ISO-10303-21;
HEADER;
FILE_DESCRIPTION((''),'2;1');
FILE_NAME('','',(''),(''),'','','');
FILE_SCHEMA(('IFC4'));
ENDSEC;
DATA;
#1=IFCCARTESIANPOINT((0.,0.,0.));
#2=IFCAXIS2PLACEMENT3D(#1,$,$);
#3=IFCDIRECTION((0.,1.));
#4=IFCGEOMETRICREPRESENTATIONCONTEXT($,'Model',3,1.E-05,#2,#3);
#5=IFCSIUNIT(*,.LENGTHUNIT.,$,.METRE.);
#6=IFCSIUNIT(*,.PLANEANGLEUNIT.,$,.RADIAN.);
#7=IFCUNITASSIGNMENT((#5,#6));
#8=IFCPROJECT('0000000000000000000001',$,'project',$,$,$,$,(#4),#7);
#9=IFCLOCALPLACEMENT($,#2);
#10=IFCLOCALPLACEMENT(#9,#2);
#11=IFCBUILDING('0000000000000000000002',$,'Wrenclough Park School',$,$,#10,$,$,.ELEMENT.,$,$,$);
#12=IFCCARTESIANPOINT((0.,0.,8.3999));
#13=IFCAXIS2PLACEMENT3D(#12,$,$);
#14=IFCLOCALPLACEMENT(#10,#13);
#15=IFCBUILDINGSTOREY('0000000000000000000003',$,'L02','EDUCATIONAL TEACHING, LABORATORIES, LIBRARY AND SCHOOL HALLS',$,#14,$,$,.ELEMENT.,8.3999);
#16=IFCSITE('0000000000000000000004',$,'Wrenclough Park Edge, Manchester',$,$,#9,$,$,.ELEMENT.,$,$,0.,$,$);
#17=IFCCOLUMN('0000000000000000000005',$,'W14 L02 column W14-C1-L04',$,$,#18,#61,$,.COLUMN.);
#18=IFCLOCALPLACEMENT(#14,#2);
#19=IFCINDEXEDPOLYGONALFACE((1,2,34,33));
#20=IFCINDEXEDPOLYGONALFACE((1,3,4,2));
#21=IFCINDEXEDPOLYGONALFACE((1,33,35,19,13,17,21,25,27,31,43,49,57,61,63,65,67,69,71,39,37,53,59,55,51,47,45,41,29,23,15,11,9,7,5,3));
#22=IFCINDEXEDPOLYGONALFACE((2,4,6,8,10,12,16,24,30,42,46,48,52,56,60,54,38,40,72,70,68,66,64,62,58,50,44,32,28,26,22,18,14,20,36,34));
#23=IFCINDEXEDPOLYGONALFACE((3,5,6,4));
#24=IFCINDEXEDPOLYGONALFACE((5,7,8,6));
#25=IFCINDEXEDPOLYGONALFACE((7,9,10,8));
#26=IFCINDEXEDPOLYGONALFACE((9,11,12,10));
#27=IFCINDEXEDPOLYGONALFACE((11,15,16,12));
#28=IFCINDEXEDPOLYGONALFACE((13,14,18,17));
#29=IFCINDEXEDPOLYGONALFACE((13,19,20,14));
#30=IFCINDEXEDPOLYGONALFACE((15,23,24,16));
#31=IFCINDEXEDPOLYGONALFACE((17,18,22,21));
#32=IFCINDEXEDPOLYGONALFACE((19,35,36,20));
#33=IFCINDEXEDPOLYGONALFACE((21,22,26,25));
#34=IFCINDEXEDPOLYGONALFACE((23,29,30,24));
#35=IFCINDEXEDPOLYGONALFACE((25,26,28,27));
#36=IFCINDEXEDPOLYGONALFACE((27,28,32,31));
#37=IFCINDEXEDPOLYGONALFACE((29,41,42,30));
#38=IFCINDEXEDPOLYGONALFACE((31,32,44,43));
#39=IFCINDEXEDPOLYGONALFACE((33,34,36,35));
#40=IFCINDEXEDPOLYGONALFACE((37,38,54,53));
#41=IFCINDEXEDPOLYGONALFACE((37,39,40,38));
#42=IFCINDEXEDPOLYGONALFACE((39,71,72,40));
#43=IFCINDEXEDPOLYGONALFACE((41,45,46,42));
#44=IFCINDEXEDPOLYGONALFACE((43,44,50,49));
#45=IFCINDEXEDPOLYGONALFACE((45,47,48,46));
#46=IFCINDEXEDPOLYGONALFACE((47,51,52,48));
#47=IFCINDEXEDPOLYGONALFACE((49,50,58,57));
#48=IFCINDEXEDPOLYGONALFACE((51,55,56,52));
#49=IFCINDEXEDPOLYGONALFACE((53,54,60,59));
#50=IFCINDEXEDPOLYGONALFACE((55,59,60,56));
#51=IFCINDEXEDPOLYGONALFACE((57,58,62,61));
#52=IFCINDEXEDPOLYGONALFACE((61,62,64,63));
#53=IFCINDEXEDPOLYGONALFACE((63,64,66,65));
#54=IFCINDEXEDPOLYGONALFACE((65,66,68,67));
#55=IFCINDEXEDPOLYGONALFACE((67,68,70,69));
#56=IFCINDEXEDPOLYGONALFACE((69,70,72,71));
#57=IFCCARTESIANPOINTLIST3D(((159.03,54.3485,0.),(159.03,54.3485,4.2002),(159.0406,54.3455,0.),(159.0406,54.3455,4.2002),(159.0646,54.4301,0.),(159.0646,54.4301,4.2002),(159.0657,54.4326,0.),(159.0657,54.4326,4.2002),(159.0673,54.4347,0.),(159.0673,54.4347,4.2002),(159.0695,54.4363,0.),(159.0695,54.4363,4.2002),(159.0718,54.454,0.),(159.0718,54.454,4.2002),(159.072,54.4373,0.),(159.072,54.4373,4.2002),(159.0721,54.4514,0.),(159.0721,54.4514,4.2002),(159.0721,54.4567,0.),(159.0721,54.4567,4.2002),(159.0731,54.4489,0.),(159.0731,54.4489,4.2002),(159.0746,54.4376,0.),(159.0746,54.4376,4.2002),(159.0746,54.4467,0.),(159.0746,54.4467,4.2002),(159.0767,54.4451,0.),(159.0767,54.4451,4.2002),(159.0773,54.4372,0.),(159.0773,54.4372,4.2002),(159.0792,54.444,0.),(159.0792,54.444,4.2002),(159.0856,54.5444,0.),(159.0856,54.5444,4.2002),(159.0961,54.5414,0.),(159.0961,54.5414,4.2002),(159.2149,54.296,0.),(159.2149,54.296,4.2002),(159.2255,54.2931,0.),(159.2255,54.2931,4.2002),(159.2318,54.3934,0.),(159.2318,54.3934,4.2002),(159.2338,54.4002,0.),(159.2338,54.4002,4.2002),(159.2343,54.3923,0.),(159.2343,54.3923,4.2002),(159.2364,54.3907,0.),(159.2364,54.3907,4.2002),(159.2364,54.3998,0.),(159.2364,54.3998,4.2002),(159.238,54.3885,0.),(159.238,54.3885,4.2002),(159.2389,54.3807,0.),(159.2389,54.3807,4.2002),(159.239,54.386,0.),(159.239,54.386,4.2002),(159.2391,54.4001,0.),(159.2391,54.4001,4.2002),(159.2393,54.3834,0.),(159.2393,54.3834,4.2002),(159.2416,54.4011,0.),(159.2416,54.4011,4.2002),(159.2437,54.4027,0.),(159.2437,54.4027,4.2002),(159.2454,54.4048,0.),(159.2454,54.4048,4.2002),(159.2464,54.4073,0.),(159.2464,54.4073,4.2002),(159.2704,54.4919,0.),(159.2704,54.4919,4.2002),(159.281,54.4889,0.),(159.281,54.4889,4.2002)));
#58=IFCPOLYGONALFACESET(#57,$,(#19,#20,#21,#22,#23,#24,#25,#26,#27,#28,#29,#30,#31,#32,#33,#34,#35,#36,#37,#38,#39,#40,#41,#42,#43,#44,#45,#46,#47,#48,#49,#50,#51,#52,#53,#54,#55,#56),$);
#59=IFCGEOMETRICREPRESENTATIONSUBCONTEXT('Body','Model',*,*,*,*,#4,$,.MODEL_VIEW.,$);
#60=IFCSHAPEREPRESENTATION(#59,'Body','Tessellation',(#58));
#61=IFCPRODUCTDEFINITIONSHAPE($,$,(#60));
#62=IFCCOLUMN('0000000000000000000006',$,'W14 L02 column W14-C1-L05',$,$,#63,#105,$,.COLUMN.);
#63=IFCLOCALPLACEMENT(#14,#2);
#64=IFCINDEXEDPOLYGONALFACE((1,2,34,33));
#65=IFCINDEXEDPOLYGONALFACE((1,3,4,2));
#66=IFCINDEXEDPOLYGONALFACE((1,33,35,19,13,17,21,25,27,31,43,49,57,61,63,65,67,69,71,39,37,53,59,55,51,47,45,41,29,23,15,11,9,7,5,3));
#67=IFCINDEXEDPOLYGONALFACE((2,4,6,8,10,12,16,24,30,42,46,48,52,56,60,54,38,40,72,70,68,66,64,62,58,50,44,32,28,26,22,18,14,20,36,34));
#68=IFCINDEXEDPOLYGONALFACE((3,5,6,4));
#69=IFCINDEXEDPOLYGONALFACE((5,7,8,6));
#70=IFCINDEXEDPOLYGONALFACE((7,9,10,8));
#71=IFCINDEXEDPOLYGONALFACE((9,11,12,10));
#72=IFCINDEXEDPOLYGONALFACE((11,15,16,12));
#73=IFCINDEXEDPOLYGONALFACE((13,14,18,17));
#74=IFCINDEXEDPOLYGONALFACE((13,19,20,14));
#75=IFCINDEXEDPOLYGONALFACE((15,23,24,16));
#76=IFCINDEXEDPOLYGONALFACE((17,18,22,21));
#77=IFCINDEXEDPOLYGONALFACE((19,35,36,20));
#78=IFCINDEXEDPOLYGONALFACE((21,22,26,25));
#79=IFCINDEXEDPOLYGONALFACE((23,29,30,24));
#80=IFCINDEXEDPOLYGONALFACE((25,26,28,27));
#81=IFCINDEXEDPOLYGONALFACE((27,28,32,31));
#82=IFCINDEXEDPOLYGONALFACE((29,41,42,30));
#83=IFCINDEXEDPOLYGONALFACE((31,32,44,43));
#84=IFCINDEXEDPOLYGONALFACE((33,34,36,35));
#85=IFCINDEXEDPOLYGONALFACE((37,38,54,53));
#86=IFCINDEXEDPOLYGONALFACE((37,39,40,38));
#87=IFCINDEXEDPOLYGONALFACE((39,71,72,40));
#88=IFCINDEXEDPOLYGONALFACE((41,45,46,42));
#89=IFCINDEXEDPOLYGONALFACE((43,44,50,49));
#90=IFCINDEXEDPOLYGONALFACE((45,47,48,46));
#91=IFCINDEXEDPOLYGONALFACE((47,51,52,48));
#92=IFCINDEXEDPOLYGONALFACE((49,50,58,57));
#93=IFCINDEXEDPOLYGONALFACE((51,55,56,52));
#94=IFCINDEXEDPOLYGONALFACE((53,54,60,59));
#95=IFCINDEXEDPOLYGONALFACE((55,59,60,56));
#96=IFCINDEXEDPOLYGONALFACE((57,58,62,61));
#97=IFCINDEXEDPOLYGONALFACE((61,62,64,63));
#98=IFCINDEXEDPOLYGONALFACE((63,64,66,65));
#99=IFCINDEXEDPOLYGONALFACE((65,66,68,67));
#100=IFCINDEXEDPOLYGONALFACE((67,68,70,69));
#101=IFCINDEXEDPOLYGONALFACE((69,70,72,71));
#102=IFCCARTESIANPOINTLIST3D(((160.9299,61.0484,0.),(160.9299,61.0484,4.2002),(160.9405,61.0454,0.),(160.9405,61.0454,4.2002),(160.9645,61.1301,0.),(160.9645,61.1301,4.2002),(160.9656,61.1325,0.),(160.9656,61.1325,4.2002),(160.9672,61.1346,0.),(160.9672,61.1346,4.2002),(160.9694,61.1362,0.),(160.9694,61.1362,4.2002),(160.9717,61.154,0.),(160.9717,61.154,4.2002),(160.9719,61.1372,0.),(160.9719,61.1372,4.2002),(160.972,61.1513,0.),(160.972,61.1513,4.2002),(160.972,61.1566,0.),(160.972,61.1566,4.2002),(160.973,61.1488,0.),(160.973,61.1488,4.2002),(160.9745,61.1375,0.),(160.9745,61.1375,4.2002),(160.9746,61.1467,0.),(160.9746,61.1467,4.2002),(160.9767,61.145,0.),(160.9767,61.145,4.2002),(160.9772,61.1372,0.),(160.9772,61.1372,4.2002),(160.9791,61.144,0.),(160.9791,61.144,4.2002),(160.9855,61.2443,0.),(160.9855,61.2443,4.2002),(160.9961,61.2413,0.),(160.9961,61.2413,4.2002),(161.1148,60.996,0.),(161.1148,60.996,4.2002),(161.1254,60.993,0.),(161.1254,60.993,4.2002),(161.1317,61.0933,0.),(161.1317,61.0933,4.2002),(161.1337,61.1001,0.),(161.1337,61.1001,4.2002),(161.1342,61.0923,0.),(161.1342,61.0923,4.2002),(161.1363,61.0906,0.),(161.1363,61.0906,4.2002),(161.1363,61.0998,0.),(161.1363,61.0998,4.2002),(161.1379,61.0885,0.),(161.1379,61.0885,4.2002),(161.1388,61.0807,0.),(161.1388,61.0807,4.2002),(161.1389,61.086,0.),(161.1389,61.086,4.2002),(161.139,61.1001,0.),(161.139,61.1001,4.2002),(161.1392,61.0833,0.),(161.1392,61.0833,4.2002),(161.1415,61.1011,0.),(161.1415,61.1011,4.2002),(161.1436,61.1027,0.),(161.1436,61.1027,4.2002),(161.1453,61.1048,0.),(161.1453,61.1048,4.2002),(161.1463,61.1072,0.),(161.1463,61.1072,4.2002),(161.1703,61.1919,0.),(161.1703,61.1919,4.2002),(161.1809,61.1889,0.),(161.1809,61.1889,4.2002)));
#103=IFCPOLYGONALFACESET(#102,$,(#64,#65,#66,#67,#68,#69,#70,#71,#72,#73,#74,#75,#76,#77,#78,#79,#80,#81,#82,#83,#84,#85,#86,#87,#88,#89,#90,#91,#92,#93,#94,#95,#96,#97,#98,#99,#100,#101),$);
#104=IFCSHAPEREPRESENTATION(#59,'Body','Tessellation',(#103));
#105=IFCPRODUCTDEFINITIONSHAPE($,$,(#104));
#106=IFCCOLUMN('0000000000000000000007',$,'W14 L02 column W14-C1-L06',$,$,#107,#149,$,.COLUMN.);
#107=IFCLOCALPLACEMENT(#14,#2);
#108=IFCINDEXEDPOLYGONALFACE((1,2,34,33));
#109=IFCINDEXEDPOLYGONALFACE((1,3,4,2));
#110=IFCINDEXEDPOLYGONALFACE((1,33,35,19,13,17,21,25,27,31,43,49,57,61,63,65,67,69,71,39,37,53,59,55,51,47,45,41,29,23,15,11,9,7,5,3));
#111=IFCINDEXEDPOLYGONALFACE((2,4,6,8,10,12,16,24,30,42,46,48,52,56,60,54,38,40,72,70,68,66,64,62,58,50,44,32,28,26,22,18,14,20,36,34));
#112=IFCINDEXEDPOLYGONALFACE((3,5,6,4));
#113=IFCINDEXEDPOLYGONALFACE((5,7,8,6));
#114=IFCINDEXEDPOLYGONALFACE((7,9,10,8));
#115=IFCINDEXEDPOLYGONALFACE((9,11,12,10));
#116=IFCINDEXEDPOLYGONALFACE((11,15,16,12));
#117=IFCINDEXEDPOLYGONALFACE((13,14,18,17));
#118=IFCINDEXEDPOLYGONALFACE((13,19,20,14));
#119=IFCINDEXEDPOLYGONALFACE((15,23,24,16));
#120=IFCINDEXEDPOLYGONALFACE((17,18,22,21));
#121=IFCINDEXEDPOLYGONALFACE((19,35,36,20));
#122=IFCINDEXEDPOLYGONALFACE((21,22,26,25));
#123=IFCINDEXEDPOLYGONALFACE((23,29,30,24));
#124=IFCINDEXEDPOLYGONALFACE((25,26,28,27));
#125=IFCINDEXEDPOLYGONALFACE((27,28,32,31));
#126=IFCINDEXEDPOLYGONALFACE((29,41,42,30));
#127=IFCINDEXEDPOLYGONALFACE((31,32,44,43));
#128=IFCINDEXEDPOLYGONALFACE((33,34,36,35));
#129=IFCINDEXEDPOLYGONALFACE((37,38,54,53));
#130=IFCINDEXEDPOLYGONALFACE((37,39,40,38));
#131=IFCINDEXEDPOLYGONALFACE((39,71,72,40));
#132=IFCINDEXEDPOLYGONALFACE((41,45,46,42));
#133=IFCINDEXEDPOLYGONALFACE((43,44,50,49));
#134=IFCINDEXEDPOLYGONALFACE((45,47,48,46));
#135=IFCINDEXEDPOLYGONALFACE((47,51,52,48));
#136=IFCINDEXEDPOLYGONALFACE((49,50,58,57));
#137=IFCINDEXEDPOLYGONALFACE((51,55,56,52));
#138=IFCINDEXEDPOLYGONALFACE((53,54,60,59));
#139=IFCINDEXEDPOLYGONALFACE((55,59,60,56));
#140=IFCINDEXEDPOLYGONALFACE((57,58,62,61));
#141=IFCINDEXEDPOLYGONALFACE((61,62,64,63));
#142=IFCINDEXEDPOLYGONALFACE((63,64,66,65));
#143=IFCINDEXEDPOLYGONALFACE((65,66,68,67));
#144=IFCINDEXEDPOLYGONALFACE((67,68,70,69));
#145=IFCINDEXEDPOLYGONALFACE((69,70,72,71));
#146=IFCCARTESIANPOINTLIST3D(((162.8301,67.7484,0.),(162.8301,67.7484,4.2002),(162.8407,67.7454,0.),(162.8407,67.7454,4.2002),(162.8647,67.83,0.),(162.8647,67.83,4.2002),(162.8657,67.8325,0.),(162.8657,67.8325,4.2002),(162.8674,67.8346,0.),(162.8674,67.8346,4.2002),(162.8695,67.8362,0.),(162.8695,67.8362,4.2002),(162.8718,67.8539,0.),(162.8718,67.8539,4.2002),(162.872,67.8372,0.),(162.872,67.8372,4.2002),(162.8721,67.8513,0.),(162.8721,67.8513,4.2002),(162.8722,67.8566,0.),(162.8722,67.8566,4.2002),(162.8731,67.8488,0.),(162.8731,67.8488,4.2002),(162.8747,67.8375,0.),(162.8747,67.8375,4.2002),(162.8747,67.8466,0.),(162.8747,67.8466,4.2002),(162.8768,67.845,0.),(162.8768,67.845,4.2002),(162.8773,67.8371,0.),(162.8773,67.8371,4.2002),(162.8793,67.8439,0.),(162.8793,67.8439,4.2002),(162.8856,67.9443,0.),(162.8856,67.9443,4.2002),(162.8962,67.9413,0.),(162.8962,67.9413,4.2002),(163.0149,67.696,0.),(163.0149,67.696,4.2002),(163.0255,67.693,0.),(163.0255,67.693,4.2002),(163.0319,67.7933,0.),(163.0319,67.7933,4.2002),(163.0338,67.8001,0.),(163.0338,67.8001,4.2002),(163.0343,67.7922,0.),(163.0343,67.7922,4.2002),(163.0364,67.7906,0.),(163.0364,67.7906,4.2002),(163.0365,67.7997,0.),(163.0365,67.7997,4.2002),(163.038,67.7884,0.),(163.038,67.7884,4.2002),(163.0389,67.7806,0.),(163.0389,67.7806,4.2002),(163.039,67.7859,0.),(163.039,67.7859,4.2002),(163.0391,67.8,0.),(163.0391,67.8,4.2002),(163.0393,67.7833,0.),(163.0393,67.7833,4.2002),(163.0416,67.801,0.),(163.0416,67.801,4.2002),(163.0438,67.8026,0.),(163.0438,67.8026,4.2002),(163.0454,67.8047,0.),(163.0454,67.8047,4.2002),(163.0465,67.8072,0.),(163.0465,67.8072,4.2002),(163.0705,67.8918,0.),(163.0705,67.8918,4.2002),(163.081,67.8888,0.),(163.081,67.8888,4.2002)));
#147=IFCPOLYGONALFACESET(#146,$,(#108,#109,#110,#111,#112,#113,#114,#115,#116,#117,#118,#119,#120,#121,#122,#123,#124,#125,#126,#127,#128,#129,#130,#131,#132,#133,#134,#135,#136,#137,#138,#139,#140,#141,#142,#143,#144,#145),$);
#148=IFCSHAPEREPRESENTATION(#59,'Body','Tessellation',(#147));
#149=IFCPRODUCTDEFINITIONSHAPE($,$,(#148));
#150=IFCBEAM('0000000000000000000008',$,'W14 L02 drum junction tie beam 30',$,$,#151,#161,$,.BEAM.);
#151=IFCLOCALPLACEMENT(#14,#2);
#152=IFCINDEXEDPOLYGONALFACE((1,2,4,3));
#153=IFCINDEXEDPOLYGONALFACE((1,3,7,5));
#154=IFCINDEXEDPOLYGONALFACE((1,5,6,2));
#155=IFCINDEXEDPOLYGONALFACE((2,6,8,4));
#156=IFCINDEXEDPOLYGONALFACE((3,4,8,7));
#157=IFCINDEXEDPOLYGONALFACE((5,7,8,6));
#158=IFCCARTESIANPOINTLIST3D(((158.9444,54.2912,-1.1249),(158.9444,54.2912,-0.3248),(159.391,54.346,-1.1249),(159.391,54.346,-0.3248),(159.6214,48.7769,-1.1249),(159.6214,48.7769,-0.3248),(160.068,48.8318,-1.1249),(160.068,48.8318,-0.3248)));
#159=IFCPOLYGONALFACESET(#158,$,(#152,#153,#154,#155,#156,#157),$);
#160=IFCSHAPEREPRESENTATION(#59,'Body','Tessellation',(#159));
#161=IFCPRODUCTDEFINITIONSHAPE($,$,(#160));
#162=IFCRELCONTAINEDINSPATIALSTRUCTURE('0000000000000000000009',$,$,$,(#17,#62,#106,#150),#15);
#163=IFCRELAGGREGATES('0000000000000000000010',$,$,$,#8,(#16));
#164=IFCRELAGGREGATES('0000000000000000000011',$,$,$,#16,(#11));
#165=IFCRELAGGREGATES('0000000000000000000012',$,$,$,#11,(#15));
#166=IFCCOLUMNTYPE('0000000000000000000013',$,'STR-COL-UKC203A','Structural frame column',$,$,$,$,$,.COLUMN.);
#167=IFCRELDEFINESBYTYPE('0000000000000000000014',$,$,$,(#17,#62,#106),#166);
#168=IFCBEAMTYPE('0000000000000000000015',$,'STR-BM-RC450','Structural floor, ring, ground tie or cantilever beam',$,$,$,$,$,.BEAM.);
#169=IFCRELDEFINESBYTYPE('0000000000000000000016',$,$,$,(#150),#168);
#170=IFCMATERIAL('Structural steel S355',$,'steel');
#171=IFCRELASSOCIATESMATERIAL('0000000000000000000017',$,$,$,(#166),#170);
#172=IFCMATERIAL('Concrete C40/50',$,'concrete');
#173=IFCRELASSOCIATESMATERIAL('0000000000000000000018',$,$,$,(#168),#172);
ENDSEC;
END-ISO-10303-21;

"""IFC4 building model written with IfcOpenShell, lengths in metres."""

from ifc_helpers import new_model, si_unit, direction, frame, origin, origin_2d, place, context, subcontext, project, spatial, rectangle, i_section, extrude, material, material_profile, profile_set, type_object, element, save


model = new_model("IFC4")

# Units and contexts
model_context = context("Model", 3, precision=1e-05, world=origin(), true_north=direction((0.0, 1.0)))
body_context = subcontext(model_context, "Body", "Model", "MODEL_VIEW")
ifc_project = project(units=[si_unit("LENGTHUNIT", "METRE"), si_unit("PLANEANGLEUNIT", "RADIAN")], contexts=[model_context])

# Site, building, storey
site_placement = place(None, origin())
site = spatial("IfcSite", under=ifc_project, at=site_placement, Name="Wrenclough Park Edge, Manchester", CompositionType="ELEMENT", RefElevation=0.0)
building_placement = place(site_placement, origin())
building = spatial("IfcBuilding", under=site, at=building_placement, Name="Wrenclough Park School", CompositionType="ELEMENT")
storey_placement = place(building_placement, frame((0.0, 0.0, 8.3999)))
storey = spatial("IfcBuildingStorey", under=building, at=storey_placement, Name="L02", Description="EDUCATIONAL TEACHING, LABORATORIES, LIBRARY AND SCHOOL HALLS", CompositionType="ELEMENT", Elevation=8.3999)

# Columns
ifc_material_1 = material(Name="Structural steel S355", Category="steel")
ifc_material_profile_1 = material_profile(ifc_material_1, i_section(OverallWidth=0.2036, OverallDepth=0.2031, WebThickness=0.0071, FlangeThickness=0.011, FilletRadius=0.0103, at=origin_2d()), Name="UKC 203x203x46")
ifc_profile_set_1 = profile_set([ifc_material_profile_1], Name="Structural steel S355")
column_type = type_object("IfcColumnType", Name="STR-COL-UKC203A", Description="Structural frame column", PredefinedType="COLUMN", material=ifc_profile_set_1)
for number, where, z_axis, x_axis, name in (
    (1, (159.1555, 54.4187, 0.0), (0.0, 0.0, 1.0), (0.272784, 0.962075, 0.0), "W14 L02 column W14-C1-L04"),
    (2, (161.0554, 61.1187, 0.0), (0.0, 0.0, 1.0), (0.272784, 0.962075, 0.0), "W14 L02 column W14-C1-L05"),
    (3, (162.9556, 67.8186, 0.0), (0.0, 0.0, 1.0), (0.272784, 0.962075, 0.0), "W14 L02 column W14-C1-L06"),
):
    element("IfcColumn", number, at=place(storey_placement, frame(where, z_axis=z_axis, x_axis=x_axis)), inside=storey, type_object=column_type, Name=name, PredefinedType="COLUMN", context=body_context, shape_type="SweptSolid", body=[
        extrude(i_section(OverallWidth=0.2036, OverallDepth=0.2031, WebThickness=0.0071, FlangeThickness=0.011, FilletRadius=0.0103, at=origin_2d()), origin(), (0.0, 0.0, 1.0), 4.2002),
    ])

# Beam
ifc_material_2 = material(Name="Concrete C40/50", Category="concrete")
ifc_material_profile_2 = material_profile(ifc_material_2, rectangle(XDim=0.45, YDim=0.8, at=origin_2d()), Name="RC BEAM 450x800")
ifc_profile_set_2 = profile_set([ifc_material_profile_2], Name="Concrete C40/50")
beam_type_1 = type_object("IfcBeamType", Name="STR-BM-RC450", Description="Structural floor, ring, ground tie or cantilever beam", PredefinedType="BEAM", material=ifc_profile_set_2)
beam_1_placement = place(storey_placement, frame((159.1677, 54.3186, -0.7249), z_axis=(0.12186, -0.992547, 0.0), x_axis=(0.992547, 0.12186, 0.0)))
element("IfcBeam", 4, at=beam_1_placement, inside=storey, type_object=beam_type_1, Name="W14 L02 drum junction tie beam 30", PredefinedType="BEAM", context=body_context, shape_type="SweptSolid", body=[
    extrude(rectangle(XDim=0.45, YDim=0.8, at=origin_2d()), origin(), (0.0, 0.0, 1.0), 5.5557),
])

save(model, "model.ifc")
